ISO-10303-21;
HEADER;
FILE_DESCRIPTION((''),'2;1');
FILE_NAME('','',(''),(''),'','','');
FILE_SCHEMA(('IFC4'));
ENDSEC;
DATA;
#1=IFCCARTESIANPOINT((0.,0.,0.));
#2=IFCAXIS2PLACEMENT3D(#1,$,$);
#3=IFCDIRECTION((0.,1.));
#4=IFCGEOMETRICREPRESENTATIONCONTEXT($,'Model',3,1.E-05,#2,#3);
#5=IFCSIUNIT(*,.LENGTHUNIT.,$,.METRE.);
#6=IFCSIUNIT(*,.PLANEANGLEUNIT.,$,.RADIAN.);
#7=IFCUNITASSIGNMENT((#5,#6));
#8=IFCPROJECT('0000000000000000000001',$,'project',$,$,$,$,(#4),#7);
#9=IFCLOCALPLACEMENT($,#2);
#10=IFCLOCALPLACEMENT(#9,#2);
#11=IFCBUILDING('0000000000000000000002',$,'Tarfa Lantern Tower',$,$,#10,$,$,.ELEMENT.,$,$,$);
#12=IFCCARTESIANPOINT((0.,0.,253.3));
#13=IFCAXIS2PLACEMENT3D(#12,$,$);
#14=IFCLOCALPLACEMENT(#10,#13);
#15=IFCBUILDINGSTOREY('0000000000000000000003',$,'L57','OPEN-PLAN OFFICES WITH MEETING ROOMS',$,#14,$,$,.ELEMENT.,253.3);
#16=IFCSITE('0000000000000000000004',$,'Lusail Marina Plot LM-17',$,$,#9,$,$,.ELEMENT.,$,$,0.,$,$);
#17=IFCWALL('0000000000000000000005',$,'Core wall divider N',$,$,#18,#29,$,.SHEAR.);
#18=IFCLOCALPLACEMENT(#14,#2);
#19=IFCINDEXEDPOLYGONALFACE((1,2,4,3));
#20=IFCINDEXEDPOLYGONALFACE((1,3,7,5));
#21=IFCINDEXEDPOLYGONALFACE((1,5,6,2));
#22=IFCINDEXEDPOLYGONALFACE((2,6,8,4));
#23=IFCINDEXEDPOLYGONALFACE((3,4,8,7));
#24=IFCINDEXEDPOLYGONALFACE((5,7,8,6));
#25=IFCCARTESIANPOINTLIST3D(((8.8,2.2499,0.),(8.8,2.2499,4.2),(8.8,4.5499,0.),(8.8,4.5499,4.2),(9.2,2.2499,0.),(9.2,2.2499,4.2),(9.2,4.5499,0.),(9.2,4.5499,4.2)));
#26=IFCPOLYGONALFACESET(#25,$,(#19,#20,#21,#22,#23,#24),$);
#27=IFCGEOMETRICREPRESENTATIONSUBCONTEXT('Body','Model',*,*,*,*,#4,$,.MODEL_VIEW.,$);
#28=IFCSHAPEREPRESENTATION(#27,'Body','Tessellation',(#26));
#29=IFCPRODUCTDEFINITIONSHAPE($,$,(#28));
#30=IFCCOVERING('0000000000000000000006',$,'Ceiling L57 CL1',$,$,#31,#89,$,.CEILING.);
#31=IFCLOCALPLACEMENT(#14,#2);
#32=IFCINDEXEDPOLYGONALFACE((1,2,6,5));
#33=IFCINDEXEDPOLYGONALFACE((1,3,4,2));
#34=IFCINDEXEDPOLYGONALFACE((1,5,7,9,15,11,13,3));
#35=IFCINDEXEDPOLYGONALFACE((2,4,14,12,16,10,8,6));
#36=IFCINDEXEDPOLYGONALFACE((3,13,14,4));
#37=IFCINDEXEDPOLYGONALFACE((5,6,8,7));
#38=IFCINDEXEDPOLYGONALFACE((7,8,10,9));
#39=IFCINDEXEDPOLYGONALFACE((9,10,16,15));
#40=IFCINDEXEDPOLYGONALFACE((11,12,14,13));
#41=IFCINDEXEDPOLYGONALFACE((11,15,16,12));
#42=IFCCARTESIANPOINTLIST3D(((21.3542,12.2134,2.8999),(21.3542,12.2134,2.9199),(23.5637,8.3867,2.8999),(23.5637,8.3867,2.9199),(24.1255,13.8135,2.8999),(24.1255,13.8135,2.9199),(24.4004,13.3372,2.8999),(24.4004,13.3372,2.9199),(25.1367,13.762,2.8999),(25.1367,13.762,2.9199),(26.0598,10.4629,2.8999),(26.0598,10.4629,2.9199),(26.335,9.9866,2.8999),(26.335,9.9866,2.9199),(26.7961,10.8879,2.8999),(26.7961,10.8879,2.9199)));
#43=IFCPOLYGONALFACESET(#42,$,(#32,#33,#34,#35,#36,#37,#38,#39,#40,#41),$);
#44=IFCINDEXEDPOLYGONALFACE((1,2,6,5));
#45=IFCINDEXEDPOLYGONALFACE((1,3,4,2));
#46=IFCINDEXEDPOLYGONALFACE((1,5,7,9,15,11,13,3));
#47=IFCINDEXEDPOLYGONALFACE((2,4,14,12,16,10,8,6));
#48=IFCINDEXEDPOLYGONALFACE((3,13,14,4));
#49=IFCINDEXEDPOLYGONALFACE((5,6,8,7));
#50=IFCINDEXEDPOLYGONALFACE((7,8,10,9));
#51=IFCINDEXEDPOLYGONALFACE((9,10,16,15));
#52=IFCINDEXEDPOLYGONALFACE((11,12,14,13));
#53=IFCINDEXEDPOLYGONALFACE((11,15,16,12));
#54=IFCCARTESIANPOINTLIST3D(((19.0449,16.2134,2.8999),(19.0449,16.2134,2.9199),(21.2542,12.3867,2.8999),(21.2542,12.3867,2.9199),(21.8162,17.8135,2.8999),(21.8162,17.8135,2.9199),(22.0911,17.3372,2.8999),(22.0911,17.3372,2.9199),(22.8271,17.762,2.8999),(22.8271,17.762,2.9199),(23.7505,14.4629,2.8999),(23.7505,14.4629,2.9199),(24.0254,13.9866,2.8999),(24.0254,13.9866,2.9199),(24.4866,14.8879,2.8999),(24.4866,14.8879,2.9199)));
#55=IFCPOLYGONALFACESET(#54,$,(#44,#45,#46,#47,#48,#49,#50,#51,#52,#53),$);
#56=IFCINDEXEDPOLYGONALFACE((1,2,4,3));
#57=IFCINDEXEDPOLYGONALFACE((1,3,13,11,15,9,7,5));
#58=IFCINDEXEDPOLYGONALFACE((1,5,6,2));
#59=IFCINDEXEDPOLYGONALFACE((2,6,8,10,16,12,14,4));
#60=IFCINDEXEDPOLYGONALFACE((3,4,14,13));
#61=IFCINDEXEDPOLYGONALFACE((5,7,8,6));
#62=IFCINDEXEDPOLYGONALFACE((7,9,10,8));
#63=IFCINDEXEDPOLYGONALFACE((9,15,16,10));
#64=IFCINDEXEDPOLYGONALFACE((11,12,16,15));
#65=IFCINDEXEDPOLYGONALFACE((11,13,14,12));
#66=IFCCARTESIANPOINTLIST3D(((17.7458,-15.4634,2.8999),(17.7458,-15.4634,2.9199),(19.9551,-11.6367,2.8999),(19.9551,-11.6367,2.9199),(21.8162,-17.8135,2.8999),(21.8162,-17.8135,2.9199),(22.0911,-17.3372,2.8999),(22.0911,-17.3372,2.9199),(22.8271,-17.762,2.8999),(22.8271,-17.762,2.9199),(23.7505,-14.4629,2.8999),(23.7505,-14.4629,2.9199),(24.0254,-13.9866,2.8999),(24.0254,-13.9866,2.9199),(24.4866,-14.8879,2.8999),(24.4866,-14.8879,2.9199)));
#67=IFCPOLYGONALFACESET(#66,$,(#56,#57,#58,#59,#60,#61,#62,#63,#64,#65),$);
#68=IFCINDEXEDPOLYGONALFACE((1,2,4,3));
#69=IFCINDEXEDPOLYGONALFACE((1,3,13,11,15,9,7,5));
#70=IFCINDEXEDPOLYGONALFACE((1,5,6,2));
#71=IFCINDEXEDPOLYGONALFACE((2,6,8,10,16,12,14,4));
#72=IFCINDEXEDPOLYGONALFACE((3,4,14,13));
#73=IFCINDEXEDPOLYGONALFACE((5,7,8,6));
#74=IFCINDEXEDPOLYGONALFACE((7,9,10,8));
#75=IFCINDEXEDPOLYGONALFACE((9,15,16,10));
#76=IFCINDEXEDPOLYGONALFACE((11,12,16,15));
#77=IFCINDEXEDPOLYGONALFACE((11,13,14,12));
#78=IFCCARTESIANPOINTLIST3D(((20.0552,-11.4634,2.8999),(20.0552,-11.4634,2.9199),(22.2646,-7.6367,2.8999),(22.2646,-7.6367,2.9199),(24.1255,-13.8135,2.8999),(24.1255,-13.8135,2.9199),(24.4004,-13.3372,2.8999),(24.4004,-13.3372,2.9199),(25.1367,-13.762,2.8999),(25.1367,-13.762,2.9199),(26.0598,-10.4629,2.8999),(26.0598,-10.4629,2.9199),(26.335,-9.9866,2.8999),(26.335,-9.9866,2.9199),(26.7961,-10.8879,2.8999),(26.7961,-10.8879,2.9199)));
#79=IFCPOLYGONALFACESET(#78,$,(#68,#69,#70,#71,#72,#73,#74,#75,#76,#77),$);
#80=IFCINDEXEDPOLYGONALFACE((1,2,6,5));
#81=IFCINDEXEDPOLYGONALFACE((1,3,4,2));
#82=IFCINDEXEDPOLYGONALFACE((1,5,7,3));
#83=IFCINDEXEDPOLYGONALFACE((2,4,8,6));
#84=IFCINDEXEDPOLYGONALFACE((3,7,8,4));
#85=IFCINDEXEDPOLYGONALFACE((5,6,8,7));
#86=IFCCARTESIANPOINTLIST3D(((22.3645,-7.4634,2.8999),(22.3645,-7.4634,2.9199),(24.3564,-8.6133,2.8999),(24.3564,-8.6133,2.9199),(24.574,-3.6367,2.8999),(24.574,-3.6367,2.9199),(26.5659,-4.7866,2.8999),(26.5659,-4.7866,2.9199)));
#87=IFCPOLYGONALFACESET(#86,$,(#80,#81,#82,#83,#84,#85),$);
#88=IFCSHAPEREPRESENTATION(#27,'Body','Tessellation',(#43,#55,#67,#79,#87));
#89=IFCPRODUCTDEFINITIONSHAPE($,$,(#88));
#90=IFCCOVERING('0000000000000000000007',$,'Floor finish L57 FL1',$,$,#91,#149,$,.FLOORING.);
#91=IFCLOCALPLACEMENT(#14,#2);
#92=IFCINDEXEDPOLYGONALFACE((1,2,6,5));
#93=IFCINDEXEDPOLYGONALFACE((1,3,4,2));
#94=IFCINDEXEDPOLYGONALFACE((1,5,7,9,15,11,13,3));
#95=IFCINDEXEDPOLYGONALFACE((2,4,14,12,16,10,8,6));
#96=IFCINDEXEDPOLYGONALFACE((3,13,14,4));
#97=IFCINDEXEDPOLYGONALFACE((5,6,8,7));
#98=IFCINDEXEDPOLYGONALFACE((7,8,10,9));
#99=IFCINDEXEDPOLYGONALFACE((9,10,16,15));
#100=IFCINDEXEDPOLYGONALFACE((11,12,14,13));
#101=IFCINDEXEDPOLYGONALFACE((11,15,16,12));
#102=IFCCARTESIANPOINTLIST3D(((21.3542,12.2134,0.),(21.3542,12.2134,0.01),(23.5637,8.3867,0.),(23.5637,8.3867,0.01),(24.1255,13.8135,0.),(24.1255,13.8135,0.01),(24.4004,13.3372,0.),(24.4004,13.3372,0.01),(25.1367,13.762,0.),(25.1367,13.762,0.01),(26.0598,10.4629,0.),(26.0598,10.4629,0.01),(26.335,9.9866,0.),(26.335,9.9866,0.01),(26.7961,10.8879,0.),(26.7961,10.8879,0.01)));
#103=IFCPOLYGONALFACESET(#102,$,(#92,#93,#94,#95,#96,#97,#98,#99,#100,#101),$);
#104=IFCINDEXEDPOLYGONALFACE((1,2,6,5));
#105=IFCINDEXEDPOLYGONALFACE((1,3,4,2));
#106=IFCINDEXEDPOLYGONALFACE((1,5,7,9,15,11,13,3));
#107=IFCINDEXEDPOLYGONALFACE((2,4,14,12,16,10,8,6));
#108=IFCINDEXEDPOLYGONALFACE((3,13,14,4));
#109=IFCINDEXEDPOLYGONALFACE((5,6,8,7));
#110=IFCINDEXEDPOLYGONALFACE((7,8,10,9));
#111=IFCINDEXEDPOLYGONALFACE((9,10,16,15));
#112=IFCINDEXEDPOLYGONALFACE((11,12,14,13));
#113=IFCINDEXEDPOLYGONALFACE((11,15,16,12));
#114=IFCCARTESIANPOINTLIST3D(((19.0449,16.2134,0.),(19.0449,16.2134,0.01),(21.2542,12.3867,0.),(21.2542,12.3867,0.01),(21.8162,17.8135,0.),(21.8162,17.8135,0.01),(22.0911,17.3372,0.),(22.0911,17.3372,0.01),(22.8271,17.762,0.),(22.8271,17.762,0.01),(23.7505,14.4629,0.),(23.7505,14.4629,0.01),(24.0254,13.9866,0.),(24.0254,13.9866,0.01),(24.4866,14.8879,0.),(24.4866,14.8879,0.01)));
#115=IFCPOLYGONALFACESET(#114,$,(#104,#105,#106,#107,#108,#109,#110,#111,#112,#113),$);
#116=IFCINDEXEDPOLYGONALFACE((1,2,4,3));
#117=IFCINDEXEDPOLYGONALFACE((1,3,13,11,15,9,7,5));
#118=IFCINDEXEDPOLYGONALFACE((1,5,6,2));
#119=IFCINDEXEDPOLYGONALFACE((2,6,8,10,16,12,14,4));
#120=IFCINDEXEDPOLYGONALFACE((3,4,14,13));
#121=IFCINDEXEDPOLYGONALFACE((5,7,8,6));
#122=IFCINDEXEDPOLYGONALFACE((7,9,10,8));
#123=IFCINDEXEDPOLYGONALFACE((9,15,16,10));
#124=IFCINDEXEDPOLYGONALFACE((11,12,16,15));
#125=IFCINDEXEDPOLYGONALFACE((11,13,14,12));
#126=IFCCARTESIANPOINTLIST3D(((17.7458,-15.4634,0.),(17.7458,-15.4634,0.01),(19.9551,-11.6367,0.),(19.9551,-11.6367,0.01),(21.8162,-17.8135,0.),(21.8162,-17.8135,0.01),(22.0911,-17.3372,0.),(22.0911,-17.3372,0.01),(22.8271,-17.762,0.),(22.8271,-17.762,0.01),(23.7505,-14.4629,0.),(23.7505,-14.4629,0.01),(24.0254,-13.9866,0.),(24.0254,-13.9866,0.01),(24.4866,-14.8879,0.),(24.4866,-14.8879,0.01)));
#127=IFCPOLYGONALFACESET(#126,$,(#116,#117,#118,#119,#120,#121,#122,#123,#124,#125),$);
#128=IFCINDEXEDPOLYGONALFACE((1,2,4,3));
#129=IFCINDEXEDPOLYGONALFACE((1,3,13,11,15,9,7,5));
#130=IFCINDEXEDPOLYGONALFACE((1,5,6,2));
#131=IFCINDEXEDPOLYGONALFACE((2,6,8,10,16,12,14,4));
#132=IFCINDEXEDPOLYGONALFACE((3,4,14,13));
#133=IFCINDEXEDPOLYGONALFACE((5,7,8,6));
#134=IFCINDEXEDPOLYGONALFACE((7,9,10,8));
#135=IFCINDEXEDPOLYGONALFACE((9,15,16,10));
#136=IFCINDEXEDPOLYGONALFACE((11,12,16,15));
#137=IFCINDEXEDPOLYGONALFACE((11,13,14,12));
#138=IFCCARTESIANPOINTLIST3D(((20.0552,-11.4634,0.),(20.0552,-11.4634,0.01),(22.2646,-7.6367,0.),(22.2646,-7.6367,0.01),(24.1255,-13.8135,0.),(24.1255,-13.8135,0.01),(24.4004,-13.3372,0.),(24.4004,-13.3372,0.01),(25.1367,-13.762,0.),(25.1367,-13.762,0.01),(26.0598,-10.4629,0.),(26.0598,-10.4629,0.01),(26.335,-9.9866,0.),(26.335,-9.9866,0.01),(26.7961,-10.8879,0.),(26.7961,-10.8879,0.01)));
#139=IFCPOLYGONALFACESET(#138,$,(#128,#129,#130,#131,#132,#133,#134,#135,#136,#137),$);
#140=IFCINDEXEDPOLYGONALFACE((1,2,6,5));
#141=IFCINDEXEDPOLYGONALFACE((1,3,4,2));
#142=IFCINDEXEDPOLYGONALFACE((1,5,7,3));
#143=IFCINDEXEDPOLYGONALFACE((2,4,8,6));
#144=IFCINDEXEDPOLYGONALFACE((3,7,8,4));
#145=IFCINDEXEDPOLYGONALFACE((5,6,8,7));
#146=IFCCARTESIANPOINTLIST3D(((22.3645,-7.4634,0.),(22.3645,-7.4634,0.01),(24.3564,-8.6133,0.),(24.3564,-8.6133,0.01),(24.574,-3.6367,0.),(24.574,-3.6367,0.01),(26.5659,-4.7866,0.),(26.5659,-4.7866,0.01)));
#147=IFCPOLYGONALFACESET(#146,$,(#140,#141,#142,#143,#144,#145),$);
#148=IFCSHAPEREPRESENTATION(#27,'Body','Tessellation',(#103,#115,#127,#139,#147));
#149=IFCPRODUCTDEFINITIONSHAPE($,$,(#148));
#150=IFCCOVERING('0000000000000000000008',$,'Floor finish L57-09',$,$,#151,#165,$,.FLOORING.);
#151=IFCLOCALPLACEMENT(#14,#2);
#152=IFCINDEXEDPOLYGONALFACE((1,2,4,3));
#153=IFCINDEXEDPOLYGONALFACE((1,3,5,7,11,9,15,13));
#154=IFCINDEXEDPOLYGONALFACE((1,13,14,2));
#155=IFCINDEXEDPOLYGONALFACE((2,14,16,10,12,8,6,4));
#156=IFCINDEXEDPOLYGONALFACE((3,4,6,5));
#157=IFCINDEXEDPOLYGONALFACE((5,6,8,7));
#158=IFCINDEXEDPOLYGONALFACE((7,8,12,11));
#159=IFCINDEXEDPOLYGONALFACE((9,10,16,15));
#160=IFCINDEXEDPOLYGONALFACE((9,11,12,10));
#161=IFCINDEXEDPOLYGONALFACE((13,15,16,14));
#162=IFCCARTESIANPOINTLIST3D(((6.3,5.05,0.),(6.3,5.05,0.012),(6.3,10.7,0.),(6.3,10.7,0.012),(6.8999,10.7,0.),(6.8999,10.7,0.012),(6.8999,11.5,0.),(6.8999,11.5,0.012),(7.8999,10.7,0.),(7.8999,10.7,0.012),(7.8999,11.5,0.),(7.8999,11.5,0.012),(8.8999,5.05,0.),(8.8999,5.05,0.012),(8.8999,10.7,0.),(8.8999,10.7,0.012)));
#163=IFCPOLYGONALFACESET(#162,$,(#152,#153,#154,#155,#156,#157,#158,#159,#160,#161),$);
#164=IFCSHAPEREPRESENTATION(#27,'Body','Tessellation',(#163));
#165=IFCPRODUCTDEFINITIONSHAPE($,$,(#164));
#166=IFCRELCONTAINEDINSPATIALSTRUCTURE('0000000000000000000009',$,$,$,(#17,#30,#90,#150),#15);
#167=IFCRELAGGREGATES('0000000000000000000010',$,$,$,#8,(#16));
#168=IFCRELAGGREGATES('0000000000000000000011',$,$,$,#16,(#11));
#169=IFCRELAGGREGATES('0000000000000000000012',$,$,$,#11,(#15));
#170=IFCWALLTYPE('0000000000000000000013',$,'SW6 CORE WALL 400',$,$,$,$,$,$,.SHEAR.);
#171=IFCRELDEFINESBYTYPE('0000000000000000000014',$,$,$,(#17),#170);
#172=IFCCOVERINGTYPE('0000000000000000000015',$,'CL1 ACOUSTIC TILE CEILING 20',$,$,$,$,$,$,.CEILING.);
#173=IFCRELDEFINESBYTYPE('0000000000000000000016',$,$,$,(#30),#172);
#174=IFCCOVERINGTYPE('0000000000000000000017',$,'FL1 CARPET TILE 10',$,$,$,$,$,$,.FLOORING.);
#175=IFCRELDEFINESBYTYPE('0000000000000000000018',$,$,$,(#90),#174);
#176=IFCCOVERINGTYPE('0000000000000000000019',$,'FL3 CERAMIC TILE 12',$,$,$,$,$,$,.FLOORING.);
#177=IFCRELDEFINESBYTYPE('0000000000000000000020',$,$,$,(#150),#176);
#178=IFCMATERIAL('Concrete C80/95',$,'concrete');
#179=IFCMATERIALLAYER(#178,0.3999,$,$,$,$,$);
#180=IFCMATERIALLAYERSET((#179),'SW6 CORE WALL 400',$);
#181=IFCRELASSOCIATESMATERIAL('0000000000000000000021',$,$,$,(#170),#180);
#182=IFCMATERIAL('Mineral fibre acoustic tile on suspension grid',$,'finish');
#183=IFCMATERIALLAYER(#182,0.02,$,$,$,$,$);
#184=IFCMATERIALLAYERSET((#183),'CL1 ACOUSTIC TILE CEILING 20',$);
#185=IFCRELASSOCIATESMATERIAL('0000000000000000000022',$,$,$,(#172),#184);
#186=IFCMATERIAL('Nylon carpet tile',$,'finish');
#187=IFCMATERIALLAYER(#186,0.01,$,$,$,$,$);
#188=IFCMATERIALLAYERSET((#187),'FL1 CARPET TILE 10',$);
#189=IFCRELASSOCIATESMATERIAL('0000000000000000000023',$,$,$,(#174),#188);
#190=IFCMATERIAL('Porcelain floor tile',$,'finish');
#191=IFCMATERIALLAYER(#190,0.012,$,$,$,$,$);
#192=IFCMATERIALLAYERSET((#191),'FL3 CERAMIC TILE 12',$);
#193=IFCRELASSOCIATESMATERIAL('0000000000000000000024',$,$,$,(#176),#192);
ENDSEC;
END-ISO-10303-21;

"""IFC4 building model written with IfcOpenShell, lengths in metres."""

from ifc_helpers import new_model, si_unit, direction, frame, frame_2d, origin, place, context, subcontext, project, spatial, polyline, rectangle, outline, extrude, material, layer, layer_set, type_object, element, save


model = new_model("IFC4")

# Units and contexts
model_context = context("Model", 3, precision=1e-05, world=origin(), true_north=direction((0.0, 1.0)))
body_context = subcontext(model_context, "Body", "Model", "MODEL_VIEW")
ifc_project = project(units=[si_unit("LENGTHUNIT", "METRE"), si_unit("PLANEANGLEUNIT", "RADIAN")], contexts=[model_context])

# Site, building, storey
site_placement = place(None, origin())
site = spatial("IfcSite", under=ifc_project, at=site_placement, Name="Lusail Marina Plot LM-17", CompositionType="ELEMENT", RefElevation=0.0)
building_placement = place(site_placement, origin())
building = spatial("IfcBuilding", under=site, at=building_placement, Name="Tarfa Lantern Tower", CompositionType="ELEMENT")
storey_placement = place(building_placement, frame((0.0, 0.0, 253.3)))
storey = spatial("IfcBuildingStorey", under=building, at=storey_placement, Name="L57", Description="OPEN-PLAN OFFICES WITH MEETING ROOMS", CompositionType="ELEMENT", Elevation=253.3)

# Shared definitions
ifc_material_1 = material(Name="Concrete C80/95", Category="concrete")

# Wall
ifc_layer_1 = layer(ifc_material_1, 0.3999)
ifc_layer_set_1 = layer_set([ifc_layer_1], Name="SW6 CORE WALL 400")
wall_type_1 = type_object("IfcWallType", Name="SW6 CORE WALL 400", PredefinedType="SHEAR", material=ifc_layer_set_1)
wall_1_placement = place(storey_placement, frame((9.0, 2.25, 0.0), z_axis=(0.0, 0.0, 1.0), x_axis=(0.0, 1.0, 0.0)))
element("IfcWall", 1, at=wall_1_placement, inside=storey, type_object=wall_type_1, Name="Core wall divider N", PredefinedType="SHEAR", context=body_context, shape_type="SweptSolid", body=[
    extrude(rectangle(XDim=2.3, YDim=0.3999, at=frame_2d((1.1499, 0.0))), origin(), (0.0, 0.0, 1.0), 4.2),
])

# Coverings
ifc_material_2 = material(Name="Mineral fibre acoustic tile on suspension grid", Category="finish")
ifc_layer_2 = layer(ifc_material_2, 0.02)
ifc_layer_set_2 = layer_set([ifc_layer_2], Name="CL1 ACOUSTIC TILE CEILING 20")
covering_type_1 = type_object("IfcCoveringType", Name="CL1 ACOUSTIC TILE CEILING 20", PredefinedType="CEILING", material=ifc_layer_set_2)
covering_1_placement = place(storey_placement, frame((0.0, 0.0, 2.8999)))
element("IfcCovering", 2, at=covering_1_placement, inside=storey, type_object=covering_type_1, Name="Ceiling L57 CL1", PredefinedType="CEILING", context=body_context, shape_type="SweptSolid", body=[
    extrude(outline(polyline([(21.3542, 12.2134), (24.1255, 13.8135), (24.4004, 13.3372), (25.1367, 13.762), (26.7961, 10.8879), (26.0598, 10.4629), (26.335, 9.9866), (23.5637, 8.3867), (21.3542, 12.2134)])), origin(), (0.0, 0.0, 1.0), 0.02),
    extrude(outline(polyline([(19.0449, 16.2134), (21.8162, 17.8135), (22.0911, 17.3372), (22.8271, 17.762), (24.4866, 14.8879), (23.7505, 14.4629), (24.0254, 13.9866), (21.2542, 12.3867), (19.0449, 16.2134)])), origin(), (0.0, 0.0, 1.0), 0.02),
    extrude(outline(polyline([(19.9551, -11.6367), (24.0254, -13.9866), (23.7505, -14.4629), (24.4866, -14.8879), (22.8271, -17.762), (22.0911, -17.3372), (21.8162, -17.8135), (17.7458, -15.4634), (19.9551, -11.6367)])), origin(), (0.0, 0.0, 1.0), 0.02),
    extrude(outline(polyline([(22.2646, -7.6367), (26.335, -9.9866), (26.0598, -10.4629), (26.7961, -10.8879), (25.1367, -13.762), (24.4004, -13.3372), (24.1255, -13.8135), (20.0552, -11.4634), (22.2646, -7.6367)])), origin(), (0.0, 0.0, 1.0), 0.02),
    extrude(outline(polyline([(24.574, -3.6367), (26.5659, -4.7866), (24.3564, -8.6133), (22.3645, -7.4634), (24.574, -3.6367)])), origin(), (0.0, 0.0, 1.0), 0.02),
])
ifc_material_3 = material(Name="Nylon carpet tile", Category="finish")
ifc_layer_3 = layer(ifc_material_3, 0.01)
ifc_layer_set_3 = layer_set([ifc_layer_3], Name="FL1 CARPET TILE 10")
covering_type_2 = type_object("IfcCoveringType", Name="FL1 CARPET TILE 10", PredefinedType="FLOORING", material=ifc_layer_set_3)
covering_2_placement = place(storey_placement, origin())
element("IfcCovering", 3, at=covering_2_placement, inside=storey, type_object=covering_type_2, Name="Floor finish L57 FL1", PredefinedType="FLOORING", context=body_context, shape_type="SweptSolid", body=[
    extrude(outline(polyline([(21.3542, 12.2134), (24.1255, 13.8135), (24.4004, 13.3372), (25.1367, 13.762), (26.7961, 10.8879), (26.0598, 10.4629), (26.335, 9.9866), (23.5637, 8.3867), (21.3542, 12.2134)])), origin(), (0.0, 0.0, 1.0), 0.01),
    extrude(outline(polyline([(19.0449, 16.2134), (21.8162, 17.8135), (22.0911, 17.3372), (22.8271, 17.762), (24.4866, 14.8879), (23.7505, 14.4629), (24.0254, 13.9866), (21.2542, 12.3867), (19.0449, 16.2134)])), origin(), (0.0, 0.0, 1.0), 0.01),
    extrude(outline(polyline([(19.9551, -11.6367), (24.0254, -13.9866), (23.7505, -14.4629), (24.4866, -14.8879), (22.8271, -17.762), (22.0911, -17.3372), (21.8162, -17.8135), (17.7458, -15.4634), (19.9551, -11.6367)])), origin(), (0.0, 0.0, 1.0), 0.01),
    extrude(outline(polyline([(22.2646, -7.6367), (26.335, -9.9866), (26.0598, -10.4629), (26.7961, -10.8879), (25.1367, -13.762), (24.4004, -13.3372), (24.1255, -13.8135), (20.0552, -11.4634), (22.2646, -7.6367)])), origin(), (0.0, 0.0, 1.0), 0.01),
    extrude(outline(polyline([(24.574, -3.6367), (26.5659, -4.7866), (24.3564, -8.6133), (22.3645, -7.4634), (24.574, -3.6367)])), origin(), (0.0, 0.0, 1.0), 0.01),
])
ifc_material_4 = material(Name="Porcelain floor tile", Category="finish")
ifc_layer_4 = layer(ifc_material_4, 0.012)
ifc_layer_set_4 = layer_set([ifc_layer_4], Name="FL3 CERAMIC TILE 12")
covering_type_3 = type_object("IfcCoveringType", Name="FL3 CERAMIC TILE 12", PredefinedType="FLOORING", material=ifc_layer_set_4)
covering_3_placement = place(storey_placement, origin())
element("IfcCovering", 4, at=covering_3_placement, inside=storey, type_object=covering_type_3, Name="Floor finish L57-09", PredefinedType="FLOORING", context=body_context, shape_type="SweptSolid", body=[
    extrude(outline(polyline([(6.3, 5.05), (8.8999, 5.05), (8.8999, 10.7), (7.8999, 10.7), (7.8999, 11.5), (6.8999, 11.5), (6.8999, 10.7), (6.3, 10.7), (6.3, 5.05)])), origin(), (0.0, 0.0, 1.0), 0.012),
])

save(model, "model.ifc")
